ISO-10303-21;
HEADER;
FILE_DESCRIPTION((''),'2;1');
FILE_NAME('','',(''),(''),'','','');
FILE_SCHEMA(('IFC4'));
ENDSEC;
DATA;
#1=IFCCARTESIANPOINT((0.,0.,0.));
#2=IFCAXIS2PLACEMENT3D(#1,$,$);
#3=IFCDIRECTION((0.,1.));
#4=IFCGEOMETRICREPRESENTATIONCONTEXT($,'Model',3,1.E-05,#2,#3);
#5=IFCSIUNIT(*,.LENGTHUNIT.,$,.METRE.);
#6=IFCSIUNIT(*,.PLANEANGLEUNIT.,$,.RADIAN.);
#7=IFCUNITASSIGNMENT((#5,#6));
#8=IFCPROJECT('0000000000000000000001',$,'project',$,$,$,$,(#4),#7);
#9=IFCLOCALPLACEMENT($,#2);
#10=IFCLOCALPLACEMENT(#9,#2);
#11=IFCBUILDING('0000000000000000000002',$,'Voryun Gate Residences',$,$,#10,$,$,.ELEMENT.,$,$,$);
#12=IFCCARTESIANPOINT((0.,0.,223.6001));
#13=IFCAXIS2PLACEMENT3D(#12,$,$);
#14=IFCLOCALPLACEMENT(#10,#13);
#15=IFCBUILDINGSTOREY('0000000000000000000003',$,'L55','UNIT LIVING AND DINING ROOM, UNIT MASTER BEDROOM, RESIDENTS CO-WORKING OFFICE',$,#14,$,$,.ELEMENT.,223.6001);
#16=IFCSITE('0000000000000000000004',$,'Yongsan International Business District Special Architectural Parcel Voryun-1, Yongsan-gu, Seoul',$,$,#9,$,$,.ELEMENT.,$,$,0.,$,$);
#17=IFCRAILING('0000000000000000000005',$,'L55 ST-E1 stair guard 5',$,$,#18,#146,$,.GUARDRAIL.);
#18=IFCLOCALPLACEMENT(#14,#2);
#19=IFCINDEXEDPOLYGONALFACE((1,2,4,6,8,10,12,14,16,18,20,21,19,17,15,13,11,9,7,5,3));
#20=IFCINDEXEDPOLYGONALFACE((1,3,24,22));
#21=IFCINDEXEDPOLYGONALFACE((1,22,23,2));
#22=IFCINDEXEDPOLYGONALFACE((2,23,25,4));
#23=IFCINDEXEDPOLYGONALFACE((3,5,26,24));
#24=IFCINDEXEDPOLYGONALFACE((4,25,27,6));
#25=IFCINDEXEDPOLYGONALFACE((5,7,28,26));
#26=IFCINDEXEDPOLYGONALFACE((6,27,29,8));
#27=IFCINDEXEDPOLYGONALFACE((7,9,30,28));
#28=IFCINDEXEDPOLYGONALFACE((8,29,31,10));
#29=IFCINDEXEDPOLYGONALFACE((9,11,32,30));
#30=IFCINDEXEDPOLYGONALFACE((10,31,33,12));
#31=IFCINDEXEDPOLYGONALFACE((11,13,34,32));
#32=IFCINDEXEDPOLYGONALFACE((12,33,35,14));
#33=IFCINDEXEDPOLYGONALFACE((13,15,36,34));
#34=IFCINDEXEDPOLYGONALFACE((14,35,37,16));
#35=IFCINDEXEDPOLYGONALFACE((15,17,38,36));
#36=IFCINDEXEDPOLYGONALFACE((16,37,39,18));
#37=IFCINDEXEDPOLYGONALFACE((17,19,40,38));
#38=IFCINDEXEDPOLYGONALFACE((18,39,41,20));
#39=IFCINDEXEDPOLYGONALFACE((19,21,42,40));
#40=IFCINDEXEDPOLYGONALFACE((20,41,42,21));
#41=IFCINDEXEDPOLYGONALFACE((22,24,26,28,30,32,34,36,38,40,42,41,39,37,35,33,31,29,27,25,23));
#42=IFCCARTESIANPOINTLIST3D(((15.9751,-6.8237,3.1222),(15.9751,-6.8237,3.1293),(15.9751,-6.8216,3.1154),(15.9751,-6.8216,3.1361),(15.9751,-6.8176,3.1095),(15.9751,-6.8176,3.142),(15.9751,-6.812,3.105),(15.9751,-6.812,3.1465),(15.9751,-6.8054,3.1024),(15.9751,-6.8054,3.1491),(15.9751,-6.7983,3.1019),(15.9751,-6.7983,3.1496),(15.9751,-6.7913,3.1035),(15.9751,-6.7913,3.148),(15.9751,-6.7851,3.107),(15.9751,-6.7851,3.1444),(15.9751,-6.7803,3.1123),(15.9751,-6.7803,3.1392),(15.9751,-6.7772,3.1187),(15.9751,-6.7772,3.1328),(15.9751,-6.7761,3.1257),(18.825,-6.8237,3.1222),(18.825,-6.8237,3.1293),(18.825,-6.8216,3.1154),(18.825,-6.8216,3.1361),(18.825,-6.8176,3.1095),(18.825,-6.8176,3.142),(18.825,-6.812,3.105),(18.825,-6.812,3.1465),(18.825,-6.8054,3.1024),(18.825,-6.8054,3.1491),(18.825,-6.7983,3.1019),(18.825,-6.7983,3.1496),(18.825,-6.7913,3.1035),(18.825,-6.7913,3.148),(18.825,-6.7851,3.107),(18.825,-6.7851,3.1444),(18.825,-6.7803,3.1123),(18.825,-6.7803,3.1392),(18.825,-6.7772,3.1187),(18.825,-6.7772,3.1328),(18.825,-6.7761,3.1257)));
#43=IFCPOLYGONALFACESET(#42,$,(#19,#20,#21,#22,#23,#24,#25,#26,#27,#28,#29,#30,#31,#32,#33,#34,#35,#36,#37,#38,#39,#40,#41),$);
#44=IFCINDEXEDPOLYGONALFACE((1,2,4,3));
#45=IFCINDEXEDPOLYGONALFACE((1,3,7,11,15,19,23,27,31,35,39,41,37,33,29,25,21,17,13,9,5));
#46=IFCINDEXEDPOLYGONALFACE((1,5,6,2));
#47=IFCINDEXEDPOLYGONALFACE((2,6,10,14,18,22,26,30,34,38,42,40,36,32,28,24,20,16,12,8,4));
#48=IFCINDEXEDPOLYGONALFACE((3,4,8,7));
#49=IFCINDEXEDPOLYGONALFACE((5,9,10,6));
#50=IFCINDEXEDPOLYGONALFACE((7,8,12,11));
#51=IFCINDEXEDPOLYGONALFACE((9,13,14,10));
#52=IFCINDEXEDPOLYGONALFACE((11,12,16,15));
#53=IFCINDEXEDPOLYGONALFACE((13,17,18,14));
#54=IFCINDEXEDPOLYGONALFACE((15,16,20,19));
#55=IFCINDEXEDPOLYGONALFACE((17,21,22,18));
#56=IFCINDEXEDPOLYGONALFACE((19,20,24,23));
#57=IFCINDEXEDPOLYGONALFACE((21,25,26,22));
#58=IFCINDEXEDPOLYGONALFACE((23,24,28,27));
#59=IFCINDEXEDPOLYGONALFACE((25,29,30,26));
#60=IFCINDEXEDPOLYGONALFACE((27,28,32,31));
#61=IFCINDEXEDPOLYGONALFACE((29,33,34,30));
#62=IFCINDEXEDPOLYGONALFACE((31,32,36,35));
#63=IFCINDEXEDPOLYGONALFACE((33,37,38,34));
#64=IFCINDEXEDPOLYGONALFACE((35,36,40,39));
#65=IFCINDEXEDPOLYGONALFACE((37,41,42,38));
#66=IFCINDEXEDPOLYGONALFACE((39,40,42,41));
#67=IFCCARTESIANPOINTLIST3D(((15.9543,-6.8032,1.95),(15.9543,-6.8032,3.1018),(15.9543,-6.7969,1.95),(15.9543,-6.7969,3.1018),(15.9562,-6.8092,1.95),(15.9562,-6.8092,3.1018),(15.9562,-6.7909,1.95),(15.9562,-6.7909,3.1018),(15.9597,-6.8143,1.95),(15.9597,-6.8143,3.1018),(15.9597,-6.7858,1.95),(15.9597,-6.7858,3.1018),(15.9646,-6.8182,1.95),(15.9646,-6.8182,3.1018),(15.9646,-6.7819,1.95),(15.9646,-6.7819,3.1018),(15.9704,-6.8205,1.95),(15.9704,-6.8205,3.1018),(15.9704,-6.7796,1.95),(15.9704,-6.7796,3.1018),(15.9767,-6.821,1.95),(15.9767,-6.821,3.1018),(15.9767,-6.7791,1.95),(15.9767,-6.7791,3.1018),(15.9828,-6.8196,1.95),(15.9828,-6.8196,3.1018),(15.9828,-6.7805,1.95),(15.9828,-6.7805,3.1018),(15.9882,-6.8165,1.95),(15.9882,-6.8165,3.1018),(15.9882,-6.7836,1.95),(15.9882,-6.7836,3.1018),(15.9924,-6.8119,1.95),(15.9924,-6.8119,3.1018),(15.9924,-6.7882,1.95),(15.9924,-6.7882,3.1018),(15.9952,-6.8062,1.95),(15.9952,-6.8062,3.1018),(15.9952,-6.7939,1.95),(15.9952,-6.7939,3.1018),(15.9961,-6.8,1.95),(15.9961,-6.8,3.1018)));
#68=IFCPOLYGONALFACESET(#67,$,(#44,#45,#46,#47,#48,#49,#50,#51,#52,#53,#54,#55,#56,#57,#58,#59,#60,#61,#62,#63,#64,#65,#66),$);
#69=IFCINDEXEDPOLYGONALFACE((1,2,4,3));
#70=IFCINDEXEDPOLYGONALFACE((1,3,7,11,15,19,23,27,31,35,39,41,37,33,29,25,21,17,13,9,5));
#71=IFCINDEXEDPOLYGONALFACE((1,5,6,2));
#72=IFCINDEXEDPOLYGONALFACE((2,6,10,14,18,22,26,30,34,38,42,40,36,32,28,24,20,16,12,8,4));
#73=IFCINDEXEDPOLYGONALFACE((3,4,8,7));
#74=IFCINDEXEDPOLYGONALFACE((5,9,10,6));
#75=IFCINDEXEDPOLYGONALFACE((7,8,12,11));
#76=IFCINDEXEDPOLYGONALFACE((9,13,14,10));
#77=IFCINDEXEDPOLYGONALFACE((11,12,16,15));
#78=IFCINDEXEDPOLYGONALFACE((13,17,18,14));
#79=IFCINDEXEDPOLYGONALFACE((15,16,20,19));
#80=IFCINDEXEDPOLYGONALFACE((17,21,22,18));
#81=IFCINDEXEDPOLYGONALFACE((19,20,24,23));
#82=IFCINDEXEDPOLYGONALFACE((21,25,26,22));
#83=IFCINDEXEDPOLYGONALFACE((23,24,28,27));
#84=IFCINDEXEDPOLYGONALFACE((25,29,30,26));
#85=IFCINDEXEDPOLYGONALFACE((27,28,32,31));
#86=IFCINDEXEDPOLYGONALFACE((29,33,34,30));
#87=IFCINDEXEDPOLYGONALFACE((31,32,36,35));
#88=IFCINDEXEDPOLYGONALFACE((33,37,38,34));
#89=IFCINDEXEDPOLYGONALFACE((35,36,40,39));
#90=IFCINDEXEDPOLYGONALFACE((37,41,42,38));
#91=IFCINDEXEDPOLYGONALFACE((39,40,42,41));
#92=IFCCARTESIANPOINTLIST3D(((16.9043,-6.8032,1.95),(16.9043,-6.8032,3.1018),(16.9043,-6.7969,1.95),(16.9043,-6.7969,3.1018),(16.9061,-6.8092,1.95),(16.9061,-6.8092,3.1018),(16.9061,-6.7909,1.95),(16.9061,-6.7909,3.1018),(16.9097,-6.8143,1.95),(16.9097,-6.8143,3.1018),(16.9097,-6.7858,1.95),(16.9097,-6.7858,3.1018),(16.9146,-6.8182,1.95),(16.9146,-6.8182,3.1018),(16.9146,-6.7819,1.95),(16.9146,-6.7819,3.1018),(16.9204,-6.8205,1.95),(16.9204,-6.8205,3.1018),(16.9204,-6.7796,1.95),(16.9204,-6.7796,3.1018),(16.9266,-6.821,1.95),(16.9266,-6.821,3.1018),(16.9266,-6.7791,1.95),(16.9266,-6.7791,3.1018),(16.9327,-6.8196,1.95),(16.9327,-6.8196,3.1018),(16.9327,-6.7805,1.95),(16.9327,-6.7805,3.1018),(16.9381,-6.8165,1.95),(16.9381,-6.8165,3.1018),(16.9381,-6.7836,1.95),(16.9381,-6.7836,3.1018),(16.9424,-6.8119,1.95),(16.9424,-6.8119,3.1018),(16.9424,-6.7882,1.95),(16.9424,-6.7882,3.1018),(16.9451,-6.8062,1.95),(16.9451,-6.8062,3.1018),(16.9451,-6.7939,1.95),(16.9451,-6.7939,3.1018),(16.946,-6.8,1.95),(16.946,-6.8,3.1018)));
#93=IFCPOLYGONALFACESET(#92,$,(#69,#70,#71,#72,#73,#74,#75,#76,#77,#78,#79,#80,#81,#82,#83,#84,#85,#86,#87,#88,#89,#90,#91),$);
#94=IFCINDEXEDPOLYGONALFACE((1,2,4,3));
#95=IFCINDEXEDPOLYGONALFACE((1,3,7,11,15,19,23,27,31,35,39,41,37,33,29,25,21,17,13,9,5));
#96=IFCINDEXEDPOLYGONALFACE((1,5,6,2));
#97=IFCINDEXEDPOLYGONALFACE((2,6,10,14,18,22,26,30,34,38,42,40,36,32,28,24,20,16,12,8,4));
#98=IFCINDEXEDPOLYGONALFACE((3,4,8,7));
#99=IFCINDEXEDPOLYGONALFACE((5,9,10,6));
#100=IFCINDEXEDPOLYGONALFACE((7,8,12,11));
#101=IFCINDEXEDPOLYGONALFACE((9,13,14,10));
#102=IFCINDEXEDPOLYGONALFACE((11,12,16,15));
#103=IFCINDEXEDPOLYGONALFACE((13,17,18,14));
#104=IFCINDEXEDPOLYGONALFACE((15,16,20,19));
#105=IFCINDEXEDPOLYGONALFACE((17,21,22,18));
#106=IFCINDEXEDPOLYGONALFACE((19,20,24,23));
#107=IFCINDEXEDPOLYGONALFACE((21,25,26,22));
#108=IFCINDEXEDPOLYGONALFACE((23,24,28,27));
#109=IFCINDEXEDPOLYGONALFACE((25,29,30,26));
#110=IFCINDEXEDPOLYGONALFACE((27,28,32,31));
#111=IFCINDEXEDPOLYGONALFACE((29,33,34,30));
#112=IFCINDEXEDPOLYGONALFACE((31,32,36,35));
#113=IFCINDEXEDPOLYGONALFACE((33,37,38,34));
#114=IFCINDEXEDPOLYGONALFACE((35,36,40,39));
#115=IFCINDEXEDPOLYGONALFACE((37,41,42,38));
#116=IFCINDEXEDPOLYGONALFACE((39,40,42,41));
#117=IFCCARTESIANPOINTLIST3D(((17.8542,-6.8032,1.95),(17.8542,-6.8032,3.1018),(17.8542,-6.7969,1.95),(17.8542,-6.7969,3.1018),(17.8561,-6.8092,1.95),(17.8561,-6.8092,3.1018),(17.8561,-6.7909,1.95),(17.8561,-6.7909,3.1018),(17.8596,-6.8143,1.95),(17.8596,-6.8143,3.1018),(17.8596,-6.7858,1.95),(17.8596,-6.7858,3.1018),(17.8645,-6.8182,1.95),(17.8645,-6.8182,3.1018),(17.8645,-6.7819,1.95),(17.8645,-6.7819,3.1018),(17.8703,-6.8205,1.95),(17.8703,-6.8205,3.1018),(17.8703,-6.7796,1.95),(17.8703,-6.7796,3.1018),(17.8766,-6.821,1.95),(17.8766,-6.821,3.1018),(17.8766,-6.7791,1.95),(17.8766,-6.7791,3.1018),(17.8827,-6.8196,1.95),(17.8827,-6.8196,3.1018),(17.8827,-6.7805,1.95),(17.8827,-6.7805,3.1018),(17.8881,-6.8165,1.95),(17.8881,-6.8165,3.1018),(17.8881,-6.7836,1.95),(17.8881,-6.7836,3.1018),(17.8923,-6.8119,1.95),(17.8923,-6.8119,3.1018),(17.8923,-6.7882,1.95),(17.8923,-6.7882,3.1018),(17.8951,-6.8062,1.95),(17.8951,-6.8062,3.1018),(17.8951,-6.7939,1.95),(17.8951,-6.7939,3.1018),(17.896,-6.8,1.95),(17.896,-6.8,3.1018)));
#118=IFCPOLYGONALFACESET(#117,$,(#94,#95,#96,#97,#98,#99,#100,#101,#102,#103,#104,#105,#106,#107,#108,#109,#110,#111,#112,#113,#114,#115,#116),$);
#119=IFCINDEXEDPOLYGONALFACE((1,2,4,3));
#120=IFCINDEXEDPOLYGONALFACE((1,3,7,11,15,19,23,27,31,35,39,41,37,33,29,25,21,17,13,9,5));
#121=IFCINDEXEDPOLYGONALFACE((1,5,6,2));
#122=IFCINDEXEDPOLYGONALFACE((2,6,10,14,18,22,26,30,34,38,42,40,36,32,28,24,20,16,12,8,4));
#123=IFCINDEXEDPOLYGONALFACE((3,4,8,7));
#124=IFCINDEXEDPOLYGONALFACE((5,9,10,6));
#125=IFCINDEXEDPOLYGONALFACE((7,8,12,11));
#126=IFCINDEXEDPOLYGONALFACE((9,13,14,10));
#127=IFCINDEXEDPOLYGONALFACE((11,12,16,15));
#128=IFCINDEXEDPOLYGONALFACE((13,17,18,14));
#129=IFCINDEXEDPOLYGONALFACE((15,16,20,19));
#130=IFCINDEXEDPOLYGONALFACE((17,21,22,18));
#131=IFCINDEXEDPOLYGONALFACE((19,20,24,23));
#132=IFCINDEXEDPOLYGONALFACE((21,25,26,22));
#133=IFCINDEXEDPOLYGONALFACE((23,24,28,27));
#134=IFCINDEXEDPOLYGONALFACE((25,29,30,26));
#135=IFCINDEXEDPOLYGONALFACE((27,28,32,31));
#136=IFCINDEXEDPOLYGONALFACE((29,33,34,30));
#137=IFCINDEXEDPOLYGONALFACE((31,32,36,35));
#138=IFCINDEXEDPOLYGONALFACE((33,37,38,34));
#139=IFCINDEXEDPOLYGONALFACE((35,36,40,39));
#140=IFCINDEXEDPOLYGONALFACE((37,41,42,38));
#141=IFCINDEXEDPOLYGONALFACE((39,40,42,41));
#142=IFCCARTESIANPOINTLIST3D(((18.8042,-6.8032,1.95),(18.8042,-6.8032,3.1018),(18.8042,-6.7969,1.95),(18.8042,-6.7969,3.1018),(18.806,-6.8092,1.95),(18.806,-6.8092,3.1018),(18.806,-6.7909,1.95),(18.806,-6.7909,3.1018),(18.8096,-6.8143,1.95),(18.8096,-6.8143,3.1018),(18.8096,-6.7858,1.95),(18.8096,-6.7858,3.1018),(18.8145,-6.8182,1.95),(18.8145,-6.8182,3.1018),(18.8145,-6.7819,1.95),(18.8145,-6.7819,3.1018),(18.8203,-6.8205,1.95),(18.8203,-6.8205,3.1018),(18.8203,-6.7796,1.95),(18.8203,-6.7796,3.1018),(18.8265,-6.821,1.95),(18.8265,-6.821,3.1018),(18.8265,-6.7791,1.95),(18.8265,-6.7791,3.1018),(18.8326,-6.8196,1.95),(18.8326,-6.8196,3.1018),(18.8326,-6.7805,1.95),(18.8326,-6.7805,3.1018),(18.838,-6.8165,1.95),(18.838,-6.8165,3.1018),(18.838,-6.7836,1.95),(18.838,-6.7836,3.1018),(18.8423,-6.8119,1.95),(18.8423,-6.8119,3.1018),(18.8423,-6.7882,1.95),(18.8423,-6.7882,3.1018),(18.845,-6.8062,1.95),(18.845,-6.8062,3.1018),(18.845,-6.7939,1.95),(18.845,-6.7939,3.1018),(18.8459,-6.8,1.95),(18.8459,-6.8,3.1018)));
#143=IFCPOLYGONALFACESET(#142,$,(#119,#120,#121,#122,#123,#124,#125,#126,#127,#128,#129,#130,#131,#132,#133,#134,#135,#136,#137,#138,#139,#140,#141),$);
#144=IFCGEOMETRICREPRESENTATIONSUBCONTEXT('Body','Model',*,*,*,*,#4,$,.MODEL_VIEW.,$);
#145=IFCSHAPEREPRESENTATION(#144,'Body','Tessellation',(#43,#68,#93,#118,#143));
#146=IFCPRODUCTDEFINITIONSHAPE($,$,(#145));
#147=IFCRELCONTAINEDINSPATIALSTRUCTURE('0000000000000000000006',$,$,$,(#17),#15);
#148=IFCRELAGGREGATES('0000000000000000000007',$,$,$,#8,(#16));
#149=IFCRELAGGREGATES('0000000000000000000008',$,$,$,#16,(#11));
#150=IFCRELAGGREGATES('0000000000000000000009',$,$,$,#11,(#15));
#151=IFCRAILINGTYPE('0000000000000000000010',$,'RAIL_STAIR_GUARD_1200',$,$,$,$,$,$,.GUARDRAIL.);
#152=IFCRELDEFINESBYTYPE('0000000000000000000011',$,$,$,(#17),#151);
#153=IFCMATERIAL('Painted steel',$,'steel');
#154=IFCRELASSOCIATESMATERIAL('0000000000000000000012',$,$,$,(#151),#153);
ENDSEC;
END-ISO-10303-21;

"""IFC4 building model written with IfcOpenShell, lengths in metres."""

from ifc_helpers import new_model, si_unit, direction, frame, origin, origin_2d, place, context, subcontext, project, spatial, circle, extrude, material, type_object, element, save


model = new_model("IFC4")

# Units and contexts
model_context = context("Model", 3, precision=1e-05, world=origin(), true_north=direction((0.0, 1.0)))
body_context = subcontext(model_context, "Body", "Model", "MODEL_VIEW")
ifc_project = project(units=[si_unit("LENGTHUNIT", "METRE"), si_unit("PLANEANGLEUNIT", "RADIAN")], contexts=[model_context])

# Site, building, storey
site_placement = place(None, origin())
site = spatial("IfcSite", under=ifc_project, at=site_placement, Name="Yongsan International Business District Special Architectural Parcel Voryun-1, Yongsan-gu, Seoul", CompositionType="ELEMENT", RefElevation=0.0)
building_placement = place(site_placement, origin())
building = spatial("IfcBuilding", under=site, at=building_placement, Name="Voryun Gate Residences", CompositionType="ELEMENT")
storey_placement = place(building_placement, frame((0.0, 0.0, 223.6001)))
storey = spatial("IfcBuildingStorey", under=building, at=storey_placement, Name="L55", Description="UNIT LIVING AND DINING ROOM, UNIT MASTER BEDROOM, RESIDENTS CO-WORKING OFFICE", CompositionType="ELEMENT", Elevation=223.6001)

# Railing
ifc_material_1 = material(Name="Painted steel", Category="steel")
railing_type = type_object("IfcRailingType", Name="RAIL_STAIR_GUARD_1200", PredefinedType="GUARDRAIL", material=ifc_material_1)
railing_1_placement = place(storey_placement, frame((15.9751, -6.8, 1.95)))
element("IfcRailing", 1, at=railing_1_placement, inside=storey, type_object=railing_type, Name="L55 ST-E1 stair guard 5", PredefinedType="GUARDRAIL", context=body_context, shape_type="SweptSolid", body=[
    extrude(circle(Radius=0.0239, at=origin_2d()), frame((0.0, 0.0, 1.1758), z_axis=(1.0, 0.0, 0.0), x_axis=(0.0, 1.0, 0.0)), (0.0, 0.0, 1.0), 2.8499),
    extrude(circle(Radius=0.021, at=origin_2d()), origin(), (0.0, 0.0, 1.0), 1.1519),
    extrude(circle(Radius=0.021, at=origin_2d()), frame((0.95, 0.0, 0.0)), (0.0, 0.0, 1.0), 1.1519),
    extrude(circle(Radius=0.021, at=origin_2d()), frame((1.8999, 0.0, 0.0)), (0.0, 0.0, 1.0), 1.1519),
    extrude(circle(Radius=0.021, at=origin_2d()), frame((2.8499, 0.0, 0.0)), (0.0, 0.0, 1.0), 1.1519),
])

save(model, "model.ifc")
